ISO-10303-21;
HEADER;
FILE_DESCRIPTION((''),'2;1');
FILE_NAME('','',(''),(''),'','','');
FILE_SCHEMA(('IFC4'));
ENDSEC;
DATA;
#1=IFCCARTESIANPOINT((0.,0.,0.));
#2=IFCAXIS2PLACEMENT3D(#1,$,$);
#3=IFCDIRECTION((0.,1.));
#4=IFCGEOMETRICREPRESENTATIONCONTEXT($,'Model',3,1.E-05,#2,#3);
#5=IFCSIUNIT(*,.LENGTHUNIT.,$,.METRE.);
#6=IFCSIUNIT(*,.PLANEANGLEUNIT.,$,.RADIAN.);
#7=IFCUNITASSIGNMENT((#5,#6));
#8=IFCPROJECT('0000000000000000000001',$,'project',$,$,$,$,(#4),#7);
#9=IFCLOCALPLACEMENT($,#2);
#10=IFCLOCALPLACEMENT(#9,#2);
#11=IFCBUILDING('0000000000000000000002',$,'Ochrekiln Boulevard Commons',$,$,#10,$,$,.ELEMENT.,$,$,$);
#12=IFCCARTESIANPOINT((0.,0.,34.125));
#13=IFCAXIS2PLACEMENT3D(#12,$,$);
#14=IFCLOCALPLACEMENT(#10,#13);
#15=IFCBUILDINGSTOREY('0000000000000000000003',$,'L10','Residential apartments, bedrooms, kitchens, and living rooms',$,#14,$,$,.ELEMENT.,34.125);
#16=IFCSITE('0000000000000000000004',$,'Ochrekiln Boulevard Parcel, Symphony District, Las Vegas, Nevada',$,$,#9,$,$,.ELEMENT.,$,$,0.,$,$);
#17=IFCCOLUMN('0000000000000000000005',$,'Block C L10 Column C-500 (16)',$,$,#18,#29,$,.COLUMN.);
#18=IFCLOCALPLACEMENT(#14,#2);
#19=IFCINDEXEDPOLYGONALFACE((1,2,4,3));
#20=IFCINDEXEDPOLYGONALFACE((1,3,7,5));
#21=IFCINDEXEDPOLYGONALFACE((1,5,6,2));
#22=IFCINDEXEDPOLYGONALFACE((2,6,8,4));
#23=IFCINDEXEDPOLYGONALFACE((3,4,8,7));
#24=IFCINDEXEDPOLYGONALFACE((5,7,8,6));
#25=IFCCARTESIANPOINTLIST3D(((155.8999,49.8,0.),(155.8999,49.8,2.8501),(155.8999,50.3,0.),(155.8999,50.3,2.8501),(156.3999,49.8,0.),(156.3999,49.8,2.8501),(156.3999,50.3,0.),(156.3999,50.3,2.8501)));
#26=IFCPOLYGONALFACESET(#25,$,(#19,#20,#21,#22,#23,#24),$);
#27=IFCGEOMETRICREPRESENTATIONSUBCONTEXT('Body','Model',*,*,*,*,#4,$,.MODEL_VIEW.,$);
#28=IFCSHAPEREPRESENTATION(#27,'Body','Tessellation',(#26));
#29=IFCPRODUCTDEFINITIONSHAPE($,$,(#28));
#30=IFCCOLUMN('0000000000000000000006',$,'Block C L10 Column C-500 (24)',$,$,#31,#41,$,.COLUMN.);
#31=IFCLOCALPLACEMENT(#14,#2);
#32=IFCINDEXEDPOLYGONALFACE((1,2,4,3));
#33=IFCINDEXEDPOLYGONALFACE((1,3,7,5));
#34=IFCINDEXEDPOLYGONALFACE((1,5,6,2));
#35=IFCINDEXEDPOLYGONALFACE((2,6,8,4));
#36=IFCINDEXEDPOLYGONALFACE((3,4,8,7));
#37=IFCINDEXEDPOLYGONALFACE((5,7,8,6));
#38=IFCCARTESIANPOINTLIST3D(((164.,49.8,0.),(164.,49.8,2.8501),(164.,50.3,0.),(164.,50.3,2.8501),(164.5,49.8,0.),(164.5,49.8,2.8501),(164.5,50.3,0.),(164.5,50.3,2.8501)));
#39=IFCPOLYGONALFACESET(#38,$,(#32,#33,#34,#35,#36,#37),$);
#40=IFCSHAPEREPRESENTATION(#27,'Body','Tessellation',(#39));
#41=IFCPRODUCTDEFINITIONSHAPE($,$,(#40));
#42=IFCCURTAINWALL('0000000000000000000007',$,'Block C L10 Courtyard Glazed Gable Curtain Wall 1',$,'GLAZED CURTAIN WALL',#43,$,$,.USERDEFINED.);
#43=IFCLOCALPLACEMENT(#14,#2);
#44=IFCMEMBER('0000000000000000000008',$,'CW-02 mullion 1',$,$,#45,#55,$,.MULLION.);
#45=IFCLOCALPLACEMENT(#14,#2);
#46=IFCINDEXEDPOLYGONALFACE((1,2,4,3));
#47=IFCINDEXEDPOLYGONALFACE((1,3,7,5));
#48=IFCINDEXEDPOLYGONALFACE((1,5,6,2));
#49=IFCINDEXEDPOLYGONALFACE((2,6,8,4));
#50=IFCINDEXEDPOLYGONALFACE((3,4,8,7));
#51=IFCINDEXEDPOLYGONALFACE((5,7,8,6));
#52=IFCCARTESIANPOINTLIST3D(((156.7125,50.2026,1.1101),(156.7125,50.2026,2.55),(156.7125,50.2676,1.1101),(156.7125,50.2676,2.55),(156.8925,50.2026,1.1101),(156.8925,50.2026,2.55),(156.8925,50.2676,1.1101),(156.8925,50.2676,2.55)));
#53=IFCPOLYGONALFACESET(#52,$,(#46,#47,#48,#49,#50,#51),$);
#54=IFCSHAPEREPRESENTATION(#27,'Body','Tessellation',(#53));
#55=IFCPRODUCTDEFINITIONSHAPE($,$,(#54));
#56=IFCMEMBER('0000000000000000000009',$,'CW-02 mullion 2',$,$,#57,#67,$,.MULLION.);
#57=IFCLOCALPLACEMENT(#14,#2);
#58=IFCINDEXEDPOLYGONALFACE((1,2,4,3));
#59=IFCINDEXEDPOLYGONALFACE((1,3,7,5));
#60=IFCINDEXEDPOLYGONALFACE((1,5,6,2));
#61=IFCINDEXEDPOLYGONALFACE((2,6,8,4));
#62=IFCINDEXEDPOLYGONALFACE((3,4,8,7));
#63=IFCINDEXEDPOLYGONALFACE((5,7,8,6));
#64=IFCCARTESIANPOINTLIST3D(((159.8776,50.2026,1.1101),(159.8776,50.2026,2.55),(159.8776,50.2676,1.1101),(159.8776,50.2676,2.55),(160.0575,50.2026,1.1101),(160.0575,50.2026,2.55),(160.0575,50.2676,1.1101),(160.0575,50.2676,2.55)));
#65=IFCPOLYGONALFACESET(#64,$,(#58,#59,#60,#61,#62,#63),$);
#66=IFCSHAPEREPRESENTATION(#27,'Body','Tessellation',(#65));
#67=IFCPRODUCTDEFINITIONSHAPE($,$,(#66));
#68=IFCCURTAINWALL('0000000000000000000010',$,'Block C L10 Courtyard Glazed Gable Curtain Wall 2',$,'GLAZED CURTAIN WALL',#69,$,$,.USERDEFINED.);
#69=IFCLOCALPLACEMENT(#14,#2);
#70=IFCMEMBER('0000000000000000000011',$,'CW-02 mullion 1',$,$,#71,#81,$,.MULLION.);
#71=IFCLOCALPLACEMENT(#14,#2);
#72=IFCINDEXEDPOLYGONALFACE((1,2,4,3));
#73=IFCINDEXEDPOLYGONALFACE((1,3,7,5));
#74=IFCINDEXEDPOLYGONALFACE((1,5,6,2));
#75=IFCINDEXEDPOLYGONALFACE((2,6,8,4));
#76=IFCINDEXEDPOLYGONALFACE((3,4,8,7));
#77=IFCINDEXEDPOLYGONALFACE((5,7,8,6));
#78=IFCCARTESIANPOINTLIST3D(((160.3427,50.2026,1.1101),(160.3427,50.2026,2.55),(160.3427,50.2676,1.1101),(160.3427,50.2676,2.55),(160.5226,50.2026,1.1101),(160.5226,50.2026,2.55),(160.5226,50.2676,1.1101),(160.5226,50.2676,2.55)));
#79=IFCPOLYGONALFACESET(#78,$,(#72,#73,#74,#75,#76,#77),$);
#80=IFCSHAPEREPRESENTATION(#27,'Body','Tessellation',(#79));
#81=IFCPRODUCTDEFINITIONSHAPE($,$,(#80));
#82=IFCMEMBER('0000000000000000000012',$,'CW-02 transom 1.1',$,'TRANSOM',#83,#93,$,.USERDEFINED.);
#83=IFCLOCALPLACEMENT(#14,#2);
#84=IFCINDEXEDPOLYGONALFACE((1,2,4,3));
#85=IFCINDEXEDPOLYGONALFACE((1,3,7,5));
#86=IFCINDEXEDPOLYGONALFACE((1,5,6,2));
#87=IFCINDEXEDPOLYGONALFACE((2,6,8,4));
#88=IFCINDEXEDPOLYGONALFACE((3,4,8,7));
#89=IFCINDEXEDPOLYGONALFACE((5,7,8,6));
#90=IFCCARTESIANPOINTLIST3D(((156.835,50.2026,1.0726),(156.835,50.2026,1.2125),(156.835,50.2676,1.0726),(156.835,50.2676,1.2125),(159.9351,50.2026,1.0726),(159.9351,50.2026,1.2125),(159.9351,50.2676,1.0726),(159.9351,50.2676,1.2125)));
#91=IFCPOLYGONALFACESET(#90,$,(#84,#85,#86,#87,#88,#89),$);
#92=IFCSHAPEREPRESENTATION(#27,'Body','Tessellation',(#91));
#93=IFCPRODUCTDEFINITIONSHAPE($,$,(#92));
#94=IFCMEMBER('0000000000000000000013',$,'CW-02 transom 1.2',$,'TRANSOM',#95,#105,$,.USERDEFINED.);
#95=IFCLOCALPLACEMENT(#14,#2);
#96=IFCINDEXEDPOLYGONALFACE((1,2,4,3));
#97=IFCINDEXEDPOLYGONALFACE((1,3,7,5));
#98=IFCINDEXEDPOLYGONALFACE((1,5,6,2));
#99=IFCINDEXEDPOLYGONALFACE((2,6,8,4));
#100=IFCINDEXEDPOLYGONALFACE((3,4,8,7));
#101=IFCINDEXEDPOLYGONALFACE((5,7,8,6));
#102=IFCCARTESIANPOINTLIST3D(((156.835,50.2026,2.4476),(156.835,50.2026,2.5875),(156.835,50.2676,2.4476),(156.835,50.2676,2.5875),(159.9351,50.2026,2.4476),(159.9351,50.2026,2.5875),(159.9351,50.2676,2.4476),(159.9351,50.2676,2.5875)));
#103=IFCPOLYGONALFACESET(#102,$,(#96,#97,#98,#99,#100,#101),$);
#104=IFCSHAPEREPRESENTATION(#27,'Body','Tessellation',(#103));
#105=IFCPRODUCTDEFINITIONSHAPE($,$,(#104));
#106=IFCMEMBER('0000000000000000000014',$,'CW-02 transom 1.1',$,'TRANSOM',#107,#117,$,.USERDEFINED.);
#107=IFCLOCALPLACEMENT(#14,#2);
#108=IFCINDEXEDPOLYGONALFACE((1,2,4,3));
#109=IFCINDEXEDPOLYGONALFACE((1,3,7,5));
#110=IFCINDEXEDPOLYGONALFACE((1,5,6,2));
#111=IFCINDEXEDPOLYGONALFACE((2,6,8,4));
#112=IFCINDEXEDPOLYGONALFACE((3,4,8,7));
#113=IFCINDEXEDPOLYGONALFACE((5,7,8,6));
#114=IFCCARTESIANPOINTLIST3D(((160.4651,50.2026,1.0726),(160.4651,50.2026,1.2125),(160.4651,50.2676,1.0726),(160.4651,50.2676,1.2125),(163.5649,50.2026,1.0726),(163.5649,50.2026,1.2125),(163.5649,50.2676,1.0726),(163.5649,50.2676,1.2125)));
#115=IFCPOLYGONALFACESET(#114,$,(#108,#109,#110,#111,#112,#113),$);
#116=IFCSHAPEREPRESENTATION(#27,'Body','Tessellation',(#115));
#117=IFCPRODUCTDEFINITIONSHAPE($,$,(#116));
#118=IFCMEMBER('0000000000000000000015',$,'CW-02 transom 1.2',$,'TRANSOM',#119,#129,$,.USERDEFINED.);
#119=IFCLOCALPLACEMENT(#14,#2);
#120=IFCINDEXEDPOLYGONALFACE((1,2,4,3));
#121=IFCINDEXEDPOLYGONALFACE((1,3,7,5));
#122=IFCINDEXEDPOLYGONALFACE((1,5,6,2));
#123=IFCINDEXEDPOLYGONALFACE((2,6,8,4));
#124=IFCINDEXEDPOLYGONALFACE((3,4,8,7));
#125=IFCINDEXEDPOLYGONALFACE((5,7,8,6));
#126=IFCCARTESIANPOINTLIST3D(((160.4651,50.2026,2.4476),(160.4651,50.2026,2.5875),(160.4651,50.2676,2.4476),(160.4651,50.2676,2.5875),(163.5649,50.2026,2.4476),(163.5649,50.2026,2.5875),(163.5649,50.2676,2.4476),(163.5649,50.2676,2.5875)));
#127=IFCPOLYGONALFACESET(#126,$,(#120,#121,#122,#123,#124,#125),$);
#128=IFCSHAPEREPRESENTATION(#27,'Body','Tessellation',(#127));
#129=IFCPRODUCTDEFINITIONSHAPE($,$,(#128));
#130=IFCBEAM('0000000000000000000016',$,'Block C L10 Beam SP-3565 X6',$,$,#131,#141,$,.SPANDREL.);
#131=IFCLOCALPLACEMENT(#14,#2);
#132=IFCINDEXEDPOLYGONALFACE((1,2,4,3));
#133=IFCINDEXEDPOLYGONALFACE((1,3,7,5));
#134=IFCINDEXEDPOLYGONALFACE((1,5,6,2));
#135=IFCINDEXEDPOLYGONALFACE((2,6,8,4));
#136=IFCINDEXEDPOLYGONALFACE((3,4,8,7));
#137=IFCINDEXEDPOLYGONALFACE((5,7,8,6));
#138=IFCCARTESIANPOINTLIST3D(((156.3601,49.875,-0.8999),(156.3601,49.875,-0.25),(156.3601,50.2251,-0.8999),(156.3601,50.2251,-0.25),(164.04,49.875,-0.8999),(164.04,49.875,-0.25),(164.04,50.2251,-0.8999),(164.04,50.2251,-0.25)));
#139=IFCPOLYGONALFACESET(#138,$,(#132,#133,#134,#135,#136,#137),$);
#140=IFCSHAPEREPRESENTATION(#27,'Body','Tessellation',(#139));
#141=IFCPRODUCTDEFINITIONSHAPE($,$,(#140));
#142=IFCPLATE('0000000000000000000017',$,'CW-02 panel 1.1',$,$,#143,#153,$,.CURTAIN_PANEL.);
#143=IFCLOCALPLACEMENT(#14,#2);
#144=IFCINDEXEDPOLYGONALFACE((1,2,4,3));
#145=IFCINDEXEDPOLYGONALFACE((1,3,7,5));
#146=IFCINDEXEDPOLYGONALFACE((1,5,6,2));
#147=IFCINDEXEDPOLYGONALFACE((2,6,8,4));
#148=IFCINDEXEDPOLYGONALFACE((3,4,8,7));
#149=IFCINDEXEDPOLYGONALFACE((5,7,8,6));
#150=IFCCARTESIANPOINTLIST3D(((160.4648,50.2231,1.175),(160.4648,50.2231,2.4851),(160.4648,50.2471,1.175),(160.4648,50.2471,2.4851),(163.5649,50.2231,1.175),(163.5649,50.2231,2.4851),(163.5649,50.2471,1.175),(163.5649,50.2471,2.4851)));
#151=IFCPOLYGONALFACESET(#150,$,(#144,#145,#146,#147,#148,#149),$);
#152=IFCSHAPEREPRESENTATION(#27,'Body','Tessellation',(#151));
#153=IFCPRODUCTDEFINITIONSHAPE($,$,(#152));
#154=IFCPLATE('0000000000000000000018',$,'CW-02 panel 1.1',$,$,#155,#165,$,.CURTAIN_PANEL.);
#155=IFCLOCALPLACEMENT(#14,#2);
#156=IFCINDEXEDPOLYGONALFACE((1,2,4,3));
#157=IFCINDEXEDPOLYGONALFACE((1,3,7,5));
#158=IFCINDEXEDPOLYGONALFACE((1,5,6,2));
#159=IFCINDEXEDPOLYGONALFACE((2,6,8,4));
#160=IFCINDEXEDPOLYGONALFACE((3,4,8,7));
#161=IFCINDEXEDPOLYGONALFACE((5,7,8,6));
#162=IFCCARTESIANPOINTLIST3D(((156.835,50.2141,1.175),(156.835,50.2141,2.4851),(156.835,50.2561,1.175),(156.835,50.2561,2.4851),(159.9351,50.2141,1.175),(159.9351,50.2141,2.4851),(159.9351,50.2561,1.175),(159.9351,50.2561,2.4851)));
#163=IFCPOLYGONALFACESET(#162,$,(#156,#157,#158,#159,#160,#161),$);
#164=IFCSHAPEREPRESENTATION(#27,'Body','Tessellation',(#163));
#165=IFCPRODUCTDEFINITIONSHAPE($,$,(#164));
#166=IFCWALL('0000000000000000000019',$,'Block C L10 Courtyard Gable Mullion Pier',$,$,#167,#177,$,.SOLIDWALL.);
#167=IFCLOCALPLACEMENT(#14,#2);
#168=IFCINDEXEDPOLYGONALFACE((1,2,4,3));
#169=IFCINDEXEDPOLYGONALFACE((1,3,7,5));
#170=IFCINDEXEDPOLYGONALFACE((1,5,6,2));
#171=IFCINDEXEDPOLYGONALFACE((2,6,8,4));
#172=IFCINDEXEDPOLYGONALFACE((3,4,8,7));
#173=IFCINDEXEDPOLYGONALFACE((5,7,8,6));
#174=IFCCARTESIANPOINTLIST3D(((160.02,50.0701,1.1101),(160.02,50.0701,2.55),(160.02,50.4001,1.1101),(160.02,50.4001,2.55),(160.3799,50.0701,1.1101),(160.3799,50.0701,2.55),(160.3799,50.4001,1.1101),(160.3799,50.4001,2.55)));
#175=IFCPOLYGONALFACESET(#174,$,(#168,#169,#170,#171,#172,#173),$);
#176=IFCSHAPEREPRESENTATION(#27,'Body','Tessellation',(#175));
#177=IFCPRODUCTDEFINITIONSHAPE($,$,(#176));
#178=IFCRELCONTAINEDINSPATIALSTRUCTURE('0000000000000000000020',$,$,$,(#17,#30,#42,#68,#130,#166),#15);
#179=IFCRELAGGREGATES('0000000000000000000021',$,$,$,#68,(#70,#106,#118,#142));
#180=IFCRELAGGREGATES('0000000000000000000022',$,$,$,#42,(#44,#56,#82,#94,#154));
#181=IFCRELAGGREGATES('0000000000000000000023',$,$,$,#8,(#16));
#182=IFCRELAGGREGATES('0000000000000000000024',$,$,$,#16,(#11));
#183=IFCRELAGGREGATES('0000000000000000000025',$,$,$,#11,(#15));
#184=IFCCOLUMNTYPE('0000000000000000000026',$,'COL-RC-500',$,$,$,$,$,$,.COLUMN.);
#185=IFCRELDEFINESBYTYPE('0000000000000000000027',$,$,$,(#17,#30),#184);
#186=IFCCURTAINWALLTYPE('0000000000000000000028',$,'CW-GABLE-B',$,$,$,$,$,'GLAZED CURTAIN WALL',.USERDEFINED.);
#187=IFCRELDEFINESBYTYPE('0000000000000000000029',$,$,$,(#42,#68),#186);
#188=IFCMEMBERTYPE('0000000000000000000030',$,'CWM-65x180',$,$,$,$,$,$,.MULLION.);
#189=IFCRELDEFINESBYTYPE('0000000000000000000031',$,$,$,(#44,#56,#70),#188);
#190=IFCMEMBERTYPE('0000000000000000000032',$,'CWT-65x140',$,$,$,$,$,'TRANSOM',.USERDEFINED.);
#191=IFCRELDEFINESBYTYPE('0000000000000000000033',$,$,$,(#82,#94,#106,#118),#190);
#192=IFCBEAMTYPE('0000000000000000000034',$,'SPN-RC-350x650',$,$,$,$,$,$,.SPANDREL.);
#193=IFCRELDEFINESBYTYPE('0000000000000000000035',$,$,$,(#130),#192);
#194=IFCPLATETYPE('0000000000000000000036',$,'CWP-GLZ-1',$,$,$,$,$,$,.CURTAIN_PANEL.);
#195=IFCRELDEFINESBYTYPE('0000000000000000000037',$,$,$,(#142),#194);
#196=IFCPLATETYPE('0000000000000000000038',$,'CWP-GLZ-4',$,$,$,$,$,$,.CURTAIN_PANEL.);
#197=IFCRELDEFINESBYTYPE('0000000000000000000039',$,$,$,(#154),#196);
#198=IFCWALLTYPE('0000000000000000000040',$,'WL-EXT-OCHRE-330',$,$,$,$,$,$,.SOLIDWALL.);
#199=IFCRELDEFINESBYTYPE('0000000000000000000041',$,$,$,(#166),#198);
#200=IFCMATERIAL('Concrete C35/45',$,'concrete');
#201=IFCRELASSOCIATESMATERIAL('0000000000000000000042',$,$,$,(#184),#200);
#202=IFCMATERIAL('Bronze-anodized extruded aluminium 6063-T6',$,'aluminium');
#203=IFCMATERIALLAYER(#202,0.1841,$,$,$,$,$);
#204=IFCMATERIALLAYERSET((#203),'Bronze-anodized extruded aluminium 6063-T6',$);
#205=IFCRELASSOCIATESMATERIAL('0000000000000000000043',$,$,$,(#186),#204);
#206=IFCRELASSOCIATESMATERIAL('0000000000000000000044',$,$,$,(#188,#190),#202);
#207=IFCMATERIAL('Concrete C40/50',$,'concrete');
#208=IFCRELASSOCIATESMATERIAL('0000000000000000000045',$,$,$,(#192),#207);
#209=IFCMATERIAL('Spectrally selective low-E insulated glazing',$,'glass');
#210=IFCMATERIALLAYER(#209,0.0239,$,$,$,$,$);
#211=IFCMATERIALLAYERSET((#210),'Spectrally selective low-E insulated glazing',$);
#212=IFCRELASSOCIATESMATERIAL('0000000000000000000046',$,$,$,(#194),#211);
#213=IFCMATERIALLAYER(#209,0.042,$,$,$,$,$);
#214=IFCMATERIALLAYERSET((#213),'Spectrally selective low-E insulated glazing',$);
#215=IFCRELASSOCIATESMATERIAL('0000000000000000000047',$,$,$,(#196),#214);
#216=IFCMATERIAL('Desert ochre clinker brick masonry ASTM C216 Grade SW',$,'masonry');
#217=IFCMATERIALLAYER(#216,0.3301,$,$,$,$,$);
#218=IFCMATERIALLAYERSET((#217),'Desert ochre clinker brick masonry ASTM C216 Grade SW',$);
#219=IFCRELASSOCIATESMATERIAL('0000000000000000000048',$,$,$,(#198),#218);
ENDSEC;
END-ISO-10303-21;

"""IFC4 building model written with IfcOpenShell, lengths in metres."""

from ifc_helpers import new_model, si_unit, direction, frame, frame_2d, origin, origin_2d, place, context, subcontext, project, spatial, rectangle, extrude, material, layer, layer_set, material_profile, profile_set, type_object, element, aggregate, save


model = new_model("IFC4")

# Units and contexts
model_context = context("Model", 3, precision=1e-05, world=origin(), true_north=direction((0.0, 1.0)))
body_context = subcontext(model_context, "Body", "Model", "MODEL_VIEW")
ifc_project = project(units=[si_unit("LENGTHUNIT", "METRE"), si_unit("PLANEANGLEUNIT", "RADIAN")], contexts=[model_context])

# Site, building, storey
site_placement = place(None, origin())
site = spatial("IfcSite", under=ifc_project, at=site_placement, Name="Ochrekiln Boulevard Parcel, Symphony District, Las Vegas, Nevada", CompositionType="ELEMENT", RefElevation=0.0)
building_placement = place(site_placement, origin())
building = spatial("IfcBuilding", under=site, at=building_placement, Name="Ochrekiln Boulevard Commons", CompositionType="ELEMENT")
storey_placement = place(building_placement, frame((0.0, 0.0, 34.125)))
storey = spatial("IfcBuildingStorey", under=building, at=storey_placement, Name="L10", Description="Residential apartments, bedrooms, kitchens, and living rooms", CompositionType="ELEMENT", Elevation=34.125)

# Columns
ifc_material_1 = material(Name="Concrete C35/45", Category="concrete")
ifc_material_profile_1 = material_profile(ifc_material_1, rectangle(XDim=0.5, YDim=0.5, at=origin_2d()), Name="RC-COL-500x500")
ifc_profile_set_1 = profile_set([ifc_material_profile_1], Name="Concrete C35/45")
column_type = type_object("IfcColumnType", Name="COL-RC-500", PredefinedType="COLUMN", material=ifc_profile_set_1)
for number, where, z_axis, x_axis, name in (
    (1, (156.1499, 50.05, 0.0), (0.0, 0.0, 1.0), (1.0, 0.0, 0.0), "Block C L10 Column C-500 (16)"),
    (2, (164.25, 50.05, 0.0), (0.0, 0.0, 1.0), (1.0, 0.0, 0.0), "Block C L10 Column C-500 (24)"),
):
    element("IfcColumn", number, at=place(storey_placement, frame(where, z_axis=z_axis, x_axis=x_axis)), inside=storey, type_object=column_type, Name=name, PredefinedType="COLUMN", context=body_context, shape_type="SweptSolid", body=[
        extrude(rectangle(XDim=0.5, YDim=0.5, at=origin_2d()), origin(), (0.0, 0.0, 1.0), 2.8501),
    ])

# Curtain wall, members
ifc_material_2 = material(Name="Bronze-anodized extruded aluminium 6063-T6", Category="aluminium")
ifc_layer_1 = layer(ifc_material_2, 0.1841)
ifc_layer_set_1 = layer_set([ifc_layer_1], Name="Bronze-anodized extruded aluminium 6063-T6")
curtain_wall_type = type_object("IfcCurtainWallType", Name="CW-GABLE-B", ElementType="GLAZED CURTAIN WALL", PredefinedType="USERDEFINED", material=ifc_layer_set_1)
curtain_wall_1_placement = place(storey_placement, origin())
curtain_wall_1 = element("IfcCurtainWall", 3, at=curtain_wall_1_placement, inside=storey, type_object=curtain_wall_type, Name="Block C L10 Courtyard Glazed Gable Curtain Wall 1", ObjectType="GLAZED CURTAIN WALL", PredefinedType="USERDEFINED")
ifc_material_profile_2 = material_profile(ifc_material_2, rectangle(XDim=0.0649, YDim=0.1799, at=origin_2d()), Name="ALU-MUL-65x180")
ifc_profile_set_2 = profile_set([ifc_material_profile_2], Name="Bronze-anodized extruded aluminium 6063-T6")
member_type_1 = type_object("IfcMemberType", Name="CWM-65x180", PredefinedType="MULLION", material=ifc_profile_set_2)
member_1_placement = place(storey_placement, frame((156.8025, 50.2351, 1.1101), z_axis=(0.0, 0.0, 1.0), x_axis=(0.0, 1.0, 0.0)))
member_1 = element("IfcMember", 4, at=member_1_placement, type_object=member_type_1, Name="CW-02 mullion 1", PredefinedType="MULLION", context=body_context, shape_type="SweptSolid", body=[
    extrude(rectangle(XDim=0.0649, YDim=0.1799, at=origin_2d()), origin(), (0.0, 0.0, 1.0), 1.4399),
])
member_2_placement = place(storey_placement, frame((159.9675, 50.2351, 1.1101), z_axis=(0.0, 0.0, 1.0), x_axis=(0.0, 1.0, 0.0)))
member_2 = element("IfcMember", 5, at=member_2_placement, type_object=member_type_1, Name="CW-02 mullion 2", PredefinedType="MULLION", context=body_context, shape_type="SweptSolid", body=[
    extrude(rectangle(XDim=0.0649, YDim=0.1799, at=origin_2d()), origin(), (0.0, 0.0, 1.0), 1.4399),
])

# Curtain wall, member
curtain_wall_2_placement = place(storey_placement, origin())
curtain_wall_2 = element("IfcCurtainWall", 6, at=curtain_wall_2_placement, inside=storey, type_object=curtain_wall_type, Name="Block C L10 Courtyard Glazed Gable Curtain Wall 2", ObjectType="GLAZED CURTAIN WALL", PredefinedType="USERDEFINED")
member_3_placement = place(storey_placement, frame((160.4326, 50.2351, 1.1101), z_axis=(0.0, 0.0, 1.0), x_axis=(0.0, 1.0, 0.0)))
member_3 = element("IfcMember", 7, at=member_3_placement, type_object=member_type_1, Name="CW-02 mullion 1", PredefinedType="MULLION", context=body_context, shape_type="SweptSolid", body=[
    extrude(rectangle(XDim=0.0649, YDim=0.1799, at=origin_2d()), origin(), (0.0, 0.0, 1.0), 1.4399),
])

# Members
ifc_material_profile_3 = material_profile(ifc_material_2, rectangle(XDim=0.0649, YDim=0.1399, at=origin_2d()), Name="ALU-TRN-65x140")
ifc_profile_set_3 = profile_set([ifc_material_profile_3], Name="Bronze-anodized extruded aluminium 6063-T6")
member_type_2 = type_object("IfcMemberType", Name="CWT-65x140", ElementType="TRANSOM", PredefinedType="USERDEFINED", material=ifc_profile_set_3)
member_4_placement = place(storey_placement, frame((156.835, 50.2351, 1.1426), z_axis=(1.0, 0.0, 0.0), x_axis=(0.0, 1.0, 0.0)))
member_4 = element("IfcMember", 8, at=member_4_placement, type_object=member_type_2, Name="CW-02 transom 1.1", ObjectType="TRANSOM", PredefinedType="USERDEFINED", context=body_context, shape_type="SweptSolid", body=[
    extrude(rectangle(XDim=0.0649, YDim=0.1399, at=origin_2d()), origin(), (0.0, 0.0, 1.0), 3.1001),
])
member_5_placement = place(storey_placement, frame((156.835, 50.2351, 2.5176), z_axis=(1.0, 0.0, 0.0), x_axis=(0.0, 1.0, 0.0)))
member_5 = element("IfcMember", 9, at=member_5_placement, type_object=member_type_2, Name="CW-02 transom 1.2", ObjectType="TRANSOM", PredefinedType="USERDEFINED", context=body_context, shape_type="SweptSolid", body=[
    extrude(rectangle(XDim=0.0649, YDim=0.1399, at=origin_2d()), origin(), (0.0, 0.0, 1.0), 3.1001),
])
member_6_placement = place(storey_placement, frame((160.4651, 50.2351, 1.1426), z_axis=(1.0, 0.0, 0.0), x_axis=(0.0, 1.0, 0.0)))
member_6 = element("IfcMember", 10, at=member_6_placement, type_object=member_type_2, Name="CW-02 transom 1.1", ObjectType="TRANSOM", PredefinedType="USERDEFINED", context=body_context, shape_type="SweptSolid", body=[
    extrude(rectangle(XDim=0.0649, YDim=0.1399, at=origin_2d()), origin(), (0.0, 0.0, 1.0), 3.0999),
])
member_7_placement = place(storey_placement, frame((160.4651, 50.2351, 2.5176), z_axis=(1.0, 0.0, 0.0), x_axis=(0.0, 1.0, 0.0)))
member_7 = element("IfcMember", 11, at=member_7_placement, type_object=member_type_2, Name="CW-02 transom 1.2", ObjectType="TRANSOM", PredefinedType="USERDEFINED", context=body_context, shape_type="SweptSolid", body=[
    extrude(rectangle(XDim=0.0649, YDim=0.1399, at=origin_2d()), origin(), (0.0, 0.0, 1.0), 3.0999),
])

# Beam
ifc_material_3 = material(Name="Concrete C40/50", Category="concrete")
ifc_material_profile_4 = material_profile(ifc_material_3, rectangle(XDim=0.3501, YDim=0.6499, at=origin_2d()), Name="RC-SPN-350x650")
ifc_profile_set_4 = profile_set([ifc_material_profile_4], Name="Concrete C40/50")
beam_type = type_object("IfcBeamType", Name="SPN-RC-350x650", PredefinedType="SPANDREL", material=ifc_profile_set_4)
beam_placement = place(storey_placement, frame((156.3601, 50.05, -0.575), z_axis=(1.0, 0.0, 0.0), x_axis=(0.0, 1.0, 0.0)))
element("IfcBeam", 12, at=beam_placement, inside=storey, type_object=beam_type, Name="Block C L10 Beam SP-3565 X6", PredefinedType="SPANDREL", context=body_context, shape_type="SweptSolid", body=[
    extrude(rectangle(XDim=0.3501, YDim=0.6499, at=origin_2d()), origin(), (0.0, 0.0, 1.0), 7.6799),
])

# Plates
ifc_material_4 = material(Name="Spectrally selective low-E insulated glazing", Category="glass")
ifc_layer_2 = layer(ifc_material_4, 0.0239)
ifc_layer_set_2 = layer_set([ifc_layer_2], Name="Spectrally selective low-E insulated glazing")
plate_type_1 = type_object("IfcPlateType", Name="CWP-GLZ-1", PredefinedType="CURTAIN_PANEL", material=ifc_layer_set_2)
plate_1_placement = place(storey_placement, frame((162.0149, 50.2351, 1.175), z_axis=(0.0, 0.0, 1.0), x_axis=(1.0, 0.0, 0.0)))
plate_1 = element("IfcPlate", 13, at=plate_1_placement, type_object=plate_type_1, Name="CW-02 panel 1.1", PredefinedType="CURTAIN_PANEL", context=body_context, shape_type="SweptSolid", body=[
    extrude(rectangle(XDim=3.1001, YDim=0.0239, at=origin_2d()), origin(), (0.0, 0.0, 1.0), 1.3101),
])
aggregate(curtain_wall_2, [member_3, member_6, member_7, plate_1])
ifc_layer_3 = layer(ifc_material_4, 0.042)
ifc_layer_set_3 = layer_set([ifc_layer_3], Name="Spectrally selective low-E insulated glazing")
plate_type_2 = type_object("IfcPlateType", Name="CWP-GLZ-4", PredefinedType="CURTAIN_PANEL", material=ifc_layer_set_3)
plate_2_placement = place(storey_placement, frame((158.385, 50.2351, 1.175), z_axis=(0.0, 0.0, 1.0), x_axis=(1.0, 0.0, 0.0)))
plate_2 = element("IfcPlate", 14, at=plate_2_placement, type_object=plate_type_2, Name="CW-02 panel 1.1", PredefinedType="CURTAIN_PANEL", context=body_context, shape_type="SweptSolid", body=[
    extrude(rectangle(XDim=3.1001, YDim=0.042, at=origin_2d()), origin(), (0.0, 0.0, 1.0), 1.3101),
])
aggregate(curtain_wall_1, [member_1, member_2, member_4, member_5, plate_2])

# Wall
ifc_material_5 = material(Name="Desert ochre clinker brick masonry ASTM C216 Grade SW", Category="masonry")
ifc_layer_4 = layer(ifc_material_5, 0.3301)
ifc_layer_set_4 = layer_set([ifc_layer_4], Name="Desert ochre clinker brick masonry ASTM C216 Grade SW")
wall_type_1 = type_object("IfcWallType", Name="WL-EXT-OCHRE-330", PredefinedType="SOLIDWALL", material=ifc_layer_set_4)
wall_1_placement = place(storey_placement, frame((160.02, 50.2351, 1.1101), z_axis=(0.0, 0.0, 1.0), x_axis=(1.0, 0.0, 0.0)))
element("IfcWall", 15, at=wall_1_placement, inside=storey, type_object=wall_type_1, Name="Block C L10 Courtyard Gable Mullion Pier", PredefinedType="SOLIDWALL", context=body_context, shape_type="SweptSolid", body=[
    extrude(rectangle(XDim=0.3599, YDim=0.3301, at=frame_2d((0.1799, 0.0))), origin(), (0.0, 0.0, 1.0), 1.4399),
])

save(model, "model.ifc")
